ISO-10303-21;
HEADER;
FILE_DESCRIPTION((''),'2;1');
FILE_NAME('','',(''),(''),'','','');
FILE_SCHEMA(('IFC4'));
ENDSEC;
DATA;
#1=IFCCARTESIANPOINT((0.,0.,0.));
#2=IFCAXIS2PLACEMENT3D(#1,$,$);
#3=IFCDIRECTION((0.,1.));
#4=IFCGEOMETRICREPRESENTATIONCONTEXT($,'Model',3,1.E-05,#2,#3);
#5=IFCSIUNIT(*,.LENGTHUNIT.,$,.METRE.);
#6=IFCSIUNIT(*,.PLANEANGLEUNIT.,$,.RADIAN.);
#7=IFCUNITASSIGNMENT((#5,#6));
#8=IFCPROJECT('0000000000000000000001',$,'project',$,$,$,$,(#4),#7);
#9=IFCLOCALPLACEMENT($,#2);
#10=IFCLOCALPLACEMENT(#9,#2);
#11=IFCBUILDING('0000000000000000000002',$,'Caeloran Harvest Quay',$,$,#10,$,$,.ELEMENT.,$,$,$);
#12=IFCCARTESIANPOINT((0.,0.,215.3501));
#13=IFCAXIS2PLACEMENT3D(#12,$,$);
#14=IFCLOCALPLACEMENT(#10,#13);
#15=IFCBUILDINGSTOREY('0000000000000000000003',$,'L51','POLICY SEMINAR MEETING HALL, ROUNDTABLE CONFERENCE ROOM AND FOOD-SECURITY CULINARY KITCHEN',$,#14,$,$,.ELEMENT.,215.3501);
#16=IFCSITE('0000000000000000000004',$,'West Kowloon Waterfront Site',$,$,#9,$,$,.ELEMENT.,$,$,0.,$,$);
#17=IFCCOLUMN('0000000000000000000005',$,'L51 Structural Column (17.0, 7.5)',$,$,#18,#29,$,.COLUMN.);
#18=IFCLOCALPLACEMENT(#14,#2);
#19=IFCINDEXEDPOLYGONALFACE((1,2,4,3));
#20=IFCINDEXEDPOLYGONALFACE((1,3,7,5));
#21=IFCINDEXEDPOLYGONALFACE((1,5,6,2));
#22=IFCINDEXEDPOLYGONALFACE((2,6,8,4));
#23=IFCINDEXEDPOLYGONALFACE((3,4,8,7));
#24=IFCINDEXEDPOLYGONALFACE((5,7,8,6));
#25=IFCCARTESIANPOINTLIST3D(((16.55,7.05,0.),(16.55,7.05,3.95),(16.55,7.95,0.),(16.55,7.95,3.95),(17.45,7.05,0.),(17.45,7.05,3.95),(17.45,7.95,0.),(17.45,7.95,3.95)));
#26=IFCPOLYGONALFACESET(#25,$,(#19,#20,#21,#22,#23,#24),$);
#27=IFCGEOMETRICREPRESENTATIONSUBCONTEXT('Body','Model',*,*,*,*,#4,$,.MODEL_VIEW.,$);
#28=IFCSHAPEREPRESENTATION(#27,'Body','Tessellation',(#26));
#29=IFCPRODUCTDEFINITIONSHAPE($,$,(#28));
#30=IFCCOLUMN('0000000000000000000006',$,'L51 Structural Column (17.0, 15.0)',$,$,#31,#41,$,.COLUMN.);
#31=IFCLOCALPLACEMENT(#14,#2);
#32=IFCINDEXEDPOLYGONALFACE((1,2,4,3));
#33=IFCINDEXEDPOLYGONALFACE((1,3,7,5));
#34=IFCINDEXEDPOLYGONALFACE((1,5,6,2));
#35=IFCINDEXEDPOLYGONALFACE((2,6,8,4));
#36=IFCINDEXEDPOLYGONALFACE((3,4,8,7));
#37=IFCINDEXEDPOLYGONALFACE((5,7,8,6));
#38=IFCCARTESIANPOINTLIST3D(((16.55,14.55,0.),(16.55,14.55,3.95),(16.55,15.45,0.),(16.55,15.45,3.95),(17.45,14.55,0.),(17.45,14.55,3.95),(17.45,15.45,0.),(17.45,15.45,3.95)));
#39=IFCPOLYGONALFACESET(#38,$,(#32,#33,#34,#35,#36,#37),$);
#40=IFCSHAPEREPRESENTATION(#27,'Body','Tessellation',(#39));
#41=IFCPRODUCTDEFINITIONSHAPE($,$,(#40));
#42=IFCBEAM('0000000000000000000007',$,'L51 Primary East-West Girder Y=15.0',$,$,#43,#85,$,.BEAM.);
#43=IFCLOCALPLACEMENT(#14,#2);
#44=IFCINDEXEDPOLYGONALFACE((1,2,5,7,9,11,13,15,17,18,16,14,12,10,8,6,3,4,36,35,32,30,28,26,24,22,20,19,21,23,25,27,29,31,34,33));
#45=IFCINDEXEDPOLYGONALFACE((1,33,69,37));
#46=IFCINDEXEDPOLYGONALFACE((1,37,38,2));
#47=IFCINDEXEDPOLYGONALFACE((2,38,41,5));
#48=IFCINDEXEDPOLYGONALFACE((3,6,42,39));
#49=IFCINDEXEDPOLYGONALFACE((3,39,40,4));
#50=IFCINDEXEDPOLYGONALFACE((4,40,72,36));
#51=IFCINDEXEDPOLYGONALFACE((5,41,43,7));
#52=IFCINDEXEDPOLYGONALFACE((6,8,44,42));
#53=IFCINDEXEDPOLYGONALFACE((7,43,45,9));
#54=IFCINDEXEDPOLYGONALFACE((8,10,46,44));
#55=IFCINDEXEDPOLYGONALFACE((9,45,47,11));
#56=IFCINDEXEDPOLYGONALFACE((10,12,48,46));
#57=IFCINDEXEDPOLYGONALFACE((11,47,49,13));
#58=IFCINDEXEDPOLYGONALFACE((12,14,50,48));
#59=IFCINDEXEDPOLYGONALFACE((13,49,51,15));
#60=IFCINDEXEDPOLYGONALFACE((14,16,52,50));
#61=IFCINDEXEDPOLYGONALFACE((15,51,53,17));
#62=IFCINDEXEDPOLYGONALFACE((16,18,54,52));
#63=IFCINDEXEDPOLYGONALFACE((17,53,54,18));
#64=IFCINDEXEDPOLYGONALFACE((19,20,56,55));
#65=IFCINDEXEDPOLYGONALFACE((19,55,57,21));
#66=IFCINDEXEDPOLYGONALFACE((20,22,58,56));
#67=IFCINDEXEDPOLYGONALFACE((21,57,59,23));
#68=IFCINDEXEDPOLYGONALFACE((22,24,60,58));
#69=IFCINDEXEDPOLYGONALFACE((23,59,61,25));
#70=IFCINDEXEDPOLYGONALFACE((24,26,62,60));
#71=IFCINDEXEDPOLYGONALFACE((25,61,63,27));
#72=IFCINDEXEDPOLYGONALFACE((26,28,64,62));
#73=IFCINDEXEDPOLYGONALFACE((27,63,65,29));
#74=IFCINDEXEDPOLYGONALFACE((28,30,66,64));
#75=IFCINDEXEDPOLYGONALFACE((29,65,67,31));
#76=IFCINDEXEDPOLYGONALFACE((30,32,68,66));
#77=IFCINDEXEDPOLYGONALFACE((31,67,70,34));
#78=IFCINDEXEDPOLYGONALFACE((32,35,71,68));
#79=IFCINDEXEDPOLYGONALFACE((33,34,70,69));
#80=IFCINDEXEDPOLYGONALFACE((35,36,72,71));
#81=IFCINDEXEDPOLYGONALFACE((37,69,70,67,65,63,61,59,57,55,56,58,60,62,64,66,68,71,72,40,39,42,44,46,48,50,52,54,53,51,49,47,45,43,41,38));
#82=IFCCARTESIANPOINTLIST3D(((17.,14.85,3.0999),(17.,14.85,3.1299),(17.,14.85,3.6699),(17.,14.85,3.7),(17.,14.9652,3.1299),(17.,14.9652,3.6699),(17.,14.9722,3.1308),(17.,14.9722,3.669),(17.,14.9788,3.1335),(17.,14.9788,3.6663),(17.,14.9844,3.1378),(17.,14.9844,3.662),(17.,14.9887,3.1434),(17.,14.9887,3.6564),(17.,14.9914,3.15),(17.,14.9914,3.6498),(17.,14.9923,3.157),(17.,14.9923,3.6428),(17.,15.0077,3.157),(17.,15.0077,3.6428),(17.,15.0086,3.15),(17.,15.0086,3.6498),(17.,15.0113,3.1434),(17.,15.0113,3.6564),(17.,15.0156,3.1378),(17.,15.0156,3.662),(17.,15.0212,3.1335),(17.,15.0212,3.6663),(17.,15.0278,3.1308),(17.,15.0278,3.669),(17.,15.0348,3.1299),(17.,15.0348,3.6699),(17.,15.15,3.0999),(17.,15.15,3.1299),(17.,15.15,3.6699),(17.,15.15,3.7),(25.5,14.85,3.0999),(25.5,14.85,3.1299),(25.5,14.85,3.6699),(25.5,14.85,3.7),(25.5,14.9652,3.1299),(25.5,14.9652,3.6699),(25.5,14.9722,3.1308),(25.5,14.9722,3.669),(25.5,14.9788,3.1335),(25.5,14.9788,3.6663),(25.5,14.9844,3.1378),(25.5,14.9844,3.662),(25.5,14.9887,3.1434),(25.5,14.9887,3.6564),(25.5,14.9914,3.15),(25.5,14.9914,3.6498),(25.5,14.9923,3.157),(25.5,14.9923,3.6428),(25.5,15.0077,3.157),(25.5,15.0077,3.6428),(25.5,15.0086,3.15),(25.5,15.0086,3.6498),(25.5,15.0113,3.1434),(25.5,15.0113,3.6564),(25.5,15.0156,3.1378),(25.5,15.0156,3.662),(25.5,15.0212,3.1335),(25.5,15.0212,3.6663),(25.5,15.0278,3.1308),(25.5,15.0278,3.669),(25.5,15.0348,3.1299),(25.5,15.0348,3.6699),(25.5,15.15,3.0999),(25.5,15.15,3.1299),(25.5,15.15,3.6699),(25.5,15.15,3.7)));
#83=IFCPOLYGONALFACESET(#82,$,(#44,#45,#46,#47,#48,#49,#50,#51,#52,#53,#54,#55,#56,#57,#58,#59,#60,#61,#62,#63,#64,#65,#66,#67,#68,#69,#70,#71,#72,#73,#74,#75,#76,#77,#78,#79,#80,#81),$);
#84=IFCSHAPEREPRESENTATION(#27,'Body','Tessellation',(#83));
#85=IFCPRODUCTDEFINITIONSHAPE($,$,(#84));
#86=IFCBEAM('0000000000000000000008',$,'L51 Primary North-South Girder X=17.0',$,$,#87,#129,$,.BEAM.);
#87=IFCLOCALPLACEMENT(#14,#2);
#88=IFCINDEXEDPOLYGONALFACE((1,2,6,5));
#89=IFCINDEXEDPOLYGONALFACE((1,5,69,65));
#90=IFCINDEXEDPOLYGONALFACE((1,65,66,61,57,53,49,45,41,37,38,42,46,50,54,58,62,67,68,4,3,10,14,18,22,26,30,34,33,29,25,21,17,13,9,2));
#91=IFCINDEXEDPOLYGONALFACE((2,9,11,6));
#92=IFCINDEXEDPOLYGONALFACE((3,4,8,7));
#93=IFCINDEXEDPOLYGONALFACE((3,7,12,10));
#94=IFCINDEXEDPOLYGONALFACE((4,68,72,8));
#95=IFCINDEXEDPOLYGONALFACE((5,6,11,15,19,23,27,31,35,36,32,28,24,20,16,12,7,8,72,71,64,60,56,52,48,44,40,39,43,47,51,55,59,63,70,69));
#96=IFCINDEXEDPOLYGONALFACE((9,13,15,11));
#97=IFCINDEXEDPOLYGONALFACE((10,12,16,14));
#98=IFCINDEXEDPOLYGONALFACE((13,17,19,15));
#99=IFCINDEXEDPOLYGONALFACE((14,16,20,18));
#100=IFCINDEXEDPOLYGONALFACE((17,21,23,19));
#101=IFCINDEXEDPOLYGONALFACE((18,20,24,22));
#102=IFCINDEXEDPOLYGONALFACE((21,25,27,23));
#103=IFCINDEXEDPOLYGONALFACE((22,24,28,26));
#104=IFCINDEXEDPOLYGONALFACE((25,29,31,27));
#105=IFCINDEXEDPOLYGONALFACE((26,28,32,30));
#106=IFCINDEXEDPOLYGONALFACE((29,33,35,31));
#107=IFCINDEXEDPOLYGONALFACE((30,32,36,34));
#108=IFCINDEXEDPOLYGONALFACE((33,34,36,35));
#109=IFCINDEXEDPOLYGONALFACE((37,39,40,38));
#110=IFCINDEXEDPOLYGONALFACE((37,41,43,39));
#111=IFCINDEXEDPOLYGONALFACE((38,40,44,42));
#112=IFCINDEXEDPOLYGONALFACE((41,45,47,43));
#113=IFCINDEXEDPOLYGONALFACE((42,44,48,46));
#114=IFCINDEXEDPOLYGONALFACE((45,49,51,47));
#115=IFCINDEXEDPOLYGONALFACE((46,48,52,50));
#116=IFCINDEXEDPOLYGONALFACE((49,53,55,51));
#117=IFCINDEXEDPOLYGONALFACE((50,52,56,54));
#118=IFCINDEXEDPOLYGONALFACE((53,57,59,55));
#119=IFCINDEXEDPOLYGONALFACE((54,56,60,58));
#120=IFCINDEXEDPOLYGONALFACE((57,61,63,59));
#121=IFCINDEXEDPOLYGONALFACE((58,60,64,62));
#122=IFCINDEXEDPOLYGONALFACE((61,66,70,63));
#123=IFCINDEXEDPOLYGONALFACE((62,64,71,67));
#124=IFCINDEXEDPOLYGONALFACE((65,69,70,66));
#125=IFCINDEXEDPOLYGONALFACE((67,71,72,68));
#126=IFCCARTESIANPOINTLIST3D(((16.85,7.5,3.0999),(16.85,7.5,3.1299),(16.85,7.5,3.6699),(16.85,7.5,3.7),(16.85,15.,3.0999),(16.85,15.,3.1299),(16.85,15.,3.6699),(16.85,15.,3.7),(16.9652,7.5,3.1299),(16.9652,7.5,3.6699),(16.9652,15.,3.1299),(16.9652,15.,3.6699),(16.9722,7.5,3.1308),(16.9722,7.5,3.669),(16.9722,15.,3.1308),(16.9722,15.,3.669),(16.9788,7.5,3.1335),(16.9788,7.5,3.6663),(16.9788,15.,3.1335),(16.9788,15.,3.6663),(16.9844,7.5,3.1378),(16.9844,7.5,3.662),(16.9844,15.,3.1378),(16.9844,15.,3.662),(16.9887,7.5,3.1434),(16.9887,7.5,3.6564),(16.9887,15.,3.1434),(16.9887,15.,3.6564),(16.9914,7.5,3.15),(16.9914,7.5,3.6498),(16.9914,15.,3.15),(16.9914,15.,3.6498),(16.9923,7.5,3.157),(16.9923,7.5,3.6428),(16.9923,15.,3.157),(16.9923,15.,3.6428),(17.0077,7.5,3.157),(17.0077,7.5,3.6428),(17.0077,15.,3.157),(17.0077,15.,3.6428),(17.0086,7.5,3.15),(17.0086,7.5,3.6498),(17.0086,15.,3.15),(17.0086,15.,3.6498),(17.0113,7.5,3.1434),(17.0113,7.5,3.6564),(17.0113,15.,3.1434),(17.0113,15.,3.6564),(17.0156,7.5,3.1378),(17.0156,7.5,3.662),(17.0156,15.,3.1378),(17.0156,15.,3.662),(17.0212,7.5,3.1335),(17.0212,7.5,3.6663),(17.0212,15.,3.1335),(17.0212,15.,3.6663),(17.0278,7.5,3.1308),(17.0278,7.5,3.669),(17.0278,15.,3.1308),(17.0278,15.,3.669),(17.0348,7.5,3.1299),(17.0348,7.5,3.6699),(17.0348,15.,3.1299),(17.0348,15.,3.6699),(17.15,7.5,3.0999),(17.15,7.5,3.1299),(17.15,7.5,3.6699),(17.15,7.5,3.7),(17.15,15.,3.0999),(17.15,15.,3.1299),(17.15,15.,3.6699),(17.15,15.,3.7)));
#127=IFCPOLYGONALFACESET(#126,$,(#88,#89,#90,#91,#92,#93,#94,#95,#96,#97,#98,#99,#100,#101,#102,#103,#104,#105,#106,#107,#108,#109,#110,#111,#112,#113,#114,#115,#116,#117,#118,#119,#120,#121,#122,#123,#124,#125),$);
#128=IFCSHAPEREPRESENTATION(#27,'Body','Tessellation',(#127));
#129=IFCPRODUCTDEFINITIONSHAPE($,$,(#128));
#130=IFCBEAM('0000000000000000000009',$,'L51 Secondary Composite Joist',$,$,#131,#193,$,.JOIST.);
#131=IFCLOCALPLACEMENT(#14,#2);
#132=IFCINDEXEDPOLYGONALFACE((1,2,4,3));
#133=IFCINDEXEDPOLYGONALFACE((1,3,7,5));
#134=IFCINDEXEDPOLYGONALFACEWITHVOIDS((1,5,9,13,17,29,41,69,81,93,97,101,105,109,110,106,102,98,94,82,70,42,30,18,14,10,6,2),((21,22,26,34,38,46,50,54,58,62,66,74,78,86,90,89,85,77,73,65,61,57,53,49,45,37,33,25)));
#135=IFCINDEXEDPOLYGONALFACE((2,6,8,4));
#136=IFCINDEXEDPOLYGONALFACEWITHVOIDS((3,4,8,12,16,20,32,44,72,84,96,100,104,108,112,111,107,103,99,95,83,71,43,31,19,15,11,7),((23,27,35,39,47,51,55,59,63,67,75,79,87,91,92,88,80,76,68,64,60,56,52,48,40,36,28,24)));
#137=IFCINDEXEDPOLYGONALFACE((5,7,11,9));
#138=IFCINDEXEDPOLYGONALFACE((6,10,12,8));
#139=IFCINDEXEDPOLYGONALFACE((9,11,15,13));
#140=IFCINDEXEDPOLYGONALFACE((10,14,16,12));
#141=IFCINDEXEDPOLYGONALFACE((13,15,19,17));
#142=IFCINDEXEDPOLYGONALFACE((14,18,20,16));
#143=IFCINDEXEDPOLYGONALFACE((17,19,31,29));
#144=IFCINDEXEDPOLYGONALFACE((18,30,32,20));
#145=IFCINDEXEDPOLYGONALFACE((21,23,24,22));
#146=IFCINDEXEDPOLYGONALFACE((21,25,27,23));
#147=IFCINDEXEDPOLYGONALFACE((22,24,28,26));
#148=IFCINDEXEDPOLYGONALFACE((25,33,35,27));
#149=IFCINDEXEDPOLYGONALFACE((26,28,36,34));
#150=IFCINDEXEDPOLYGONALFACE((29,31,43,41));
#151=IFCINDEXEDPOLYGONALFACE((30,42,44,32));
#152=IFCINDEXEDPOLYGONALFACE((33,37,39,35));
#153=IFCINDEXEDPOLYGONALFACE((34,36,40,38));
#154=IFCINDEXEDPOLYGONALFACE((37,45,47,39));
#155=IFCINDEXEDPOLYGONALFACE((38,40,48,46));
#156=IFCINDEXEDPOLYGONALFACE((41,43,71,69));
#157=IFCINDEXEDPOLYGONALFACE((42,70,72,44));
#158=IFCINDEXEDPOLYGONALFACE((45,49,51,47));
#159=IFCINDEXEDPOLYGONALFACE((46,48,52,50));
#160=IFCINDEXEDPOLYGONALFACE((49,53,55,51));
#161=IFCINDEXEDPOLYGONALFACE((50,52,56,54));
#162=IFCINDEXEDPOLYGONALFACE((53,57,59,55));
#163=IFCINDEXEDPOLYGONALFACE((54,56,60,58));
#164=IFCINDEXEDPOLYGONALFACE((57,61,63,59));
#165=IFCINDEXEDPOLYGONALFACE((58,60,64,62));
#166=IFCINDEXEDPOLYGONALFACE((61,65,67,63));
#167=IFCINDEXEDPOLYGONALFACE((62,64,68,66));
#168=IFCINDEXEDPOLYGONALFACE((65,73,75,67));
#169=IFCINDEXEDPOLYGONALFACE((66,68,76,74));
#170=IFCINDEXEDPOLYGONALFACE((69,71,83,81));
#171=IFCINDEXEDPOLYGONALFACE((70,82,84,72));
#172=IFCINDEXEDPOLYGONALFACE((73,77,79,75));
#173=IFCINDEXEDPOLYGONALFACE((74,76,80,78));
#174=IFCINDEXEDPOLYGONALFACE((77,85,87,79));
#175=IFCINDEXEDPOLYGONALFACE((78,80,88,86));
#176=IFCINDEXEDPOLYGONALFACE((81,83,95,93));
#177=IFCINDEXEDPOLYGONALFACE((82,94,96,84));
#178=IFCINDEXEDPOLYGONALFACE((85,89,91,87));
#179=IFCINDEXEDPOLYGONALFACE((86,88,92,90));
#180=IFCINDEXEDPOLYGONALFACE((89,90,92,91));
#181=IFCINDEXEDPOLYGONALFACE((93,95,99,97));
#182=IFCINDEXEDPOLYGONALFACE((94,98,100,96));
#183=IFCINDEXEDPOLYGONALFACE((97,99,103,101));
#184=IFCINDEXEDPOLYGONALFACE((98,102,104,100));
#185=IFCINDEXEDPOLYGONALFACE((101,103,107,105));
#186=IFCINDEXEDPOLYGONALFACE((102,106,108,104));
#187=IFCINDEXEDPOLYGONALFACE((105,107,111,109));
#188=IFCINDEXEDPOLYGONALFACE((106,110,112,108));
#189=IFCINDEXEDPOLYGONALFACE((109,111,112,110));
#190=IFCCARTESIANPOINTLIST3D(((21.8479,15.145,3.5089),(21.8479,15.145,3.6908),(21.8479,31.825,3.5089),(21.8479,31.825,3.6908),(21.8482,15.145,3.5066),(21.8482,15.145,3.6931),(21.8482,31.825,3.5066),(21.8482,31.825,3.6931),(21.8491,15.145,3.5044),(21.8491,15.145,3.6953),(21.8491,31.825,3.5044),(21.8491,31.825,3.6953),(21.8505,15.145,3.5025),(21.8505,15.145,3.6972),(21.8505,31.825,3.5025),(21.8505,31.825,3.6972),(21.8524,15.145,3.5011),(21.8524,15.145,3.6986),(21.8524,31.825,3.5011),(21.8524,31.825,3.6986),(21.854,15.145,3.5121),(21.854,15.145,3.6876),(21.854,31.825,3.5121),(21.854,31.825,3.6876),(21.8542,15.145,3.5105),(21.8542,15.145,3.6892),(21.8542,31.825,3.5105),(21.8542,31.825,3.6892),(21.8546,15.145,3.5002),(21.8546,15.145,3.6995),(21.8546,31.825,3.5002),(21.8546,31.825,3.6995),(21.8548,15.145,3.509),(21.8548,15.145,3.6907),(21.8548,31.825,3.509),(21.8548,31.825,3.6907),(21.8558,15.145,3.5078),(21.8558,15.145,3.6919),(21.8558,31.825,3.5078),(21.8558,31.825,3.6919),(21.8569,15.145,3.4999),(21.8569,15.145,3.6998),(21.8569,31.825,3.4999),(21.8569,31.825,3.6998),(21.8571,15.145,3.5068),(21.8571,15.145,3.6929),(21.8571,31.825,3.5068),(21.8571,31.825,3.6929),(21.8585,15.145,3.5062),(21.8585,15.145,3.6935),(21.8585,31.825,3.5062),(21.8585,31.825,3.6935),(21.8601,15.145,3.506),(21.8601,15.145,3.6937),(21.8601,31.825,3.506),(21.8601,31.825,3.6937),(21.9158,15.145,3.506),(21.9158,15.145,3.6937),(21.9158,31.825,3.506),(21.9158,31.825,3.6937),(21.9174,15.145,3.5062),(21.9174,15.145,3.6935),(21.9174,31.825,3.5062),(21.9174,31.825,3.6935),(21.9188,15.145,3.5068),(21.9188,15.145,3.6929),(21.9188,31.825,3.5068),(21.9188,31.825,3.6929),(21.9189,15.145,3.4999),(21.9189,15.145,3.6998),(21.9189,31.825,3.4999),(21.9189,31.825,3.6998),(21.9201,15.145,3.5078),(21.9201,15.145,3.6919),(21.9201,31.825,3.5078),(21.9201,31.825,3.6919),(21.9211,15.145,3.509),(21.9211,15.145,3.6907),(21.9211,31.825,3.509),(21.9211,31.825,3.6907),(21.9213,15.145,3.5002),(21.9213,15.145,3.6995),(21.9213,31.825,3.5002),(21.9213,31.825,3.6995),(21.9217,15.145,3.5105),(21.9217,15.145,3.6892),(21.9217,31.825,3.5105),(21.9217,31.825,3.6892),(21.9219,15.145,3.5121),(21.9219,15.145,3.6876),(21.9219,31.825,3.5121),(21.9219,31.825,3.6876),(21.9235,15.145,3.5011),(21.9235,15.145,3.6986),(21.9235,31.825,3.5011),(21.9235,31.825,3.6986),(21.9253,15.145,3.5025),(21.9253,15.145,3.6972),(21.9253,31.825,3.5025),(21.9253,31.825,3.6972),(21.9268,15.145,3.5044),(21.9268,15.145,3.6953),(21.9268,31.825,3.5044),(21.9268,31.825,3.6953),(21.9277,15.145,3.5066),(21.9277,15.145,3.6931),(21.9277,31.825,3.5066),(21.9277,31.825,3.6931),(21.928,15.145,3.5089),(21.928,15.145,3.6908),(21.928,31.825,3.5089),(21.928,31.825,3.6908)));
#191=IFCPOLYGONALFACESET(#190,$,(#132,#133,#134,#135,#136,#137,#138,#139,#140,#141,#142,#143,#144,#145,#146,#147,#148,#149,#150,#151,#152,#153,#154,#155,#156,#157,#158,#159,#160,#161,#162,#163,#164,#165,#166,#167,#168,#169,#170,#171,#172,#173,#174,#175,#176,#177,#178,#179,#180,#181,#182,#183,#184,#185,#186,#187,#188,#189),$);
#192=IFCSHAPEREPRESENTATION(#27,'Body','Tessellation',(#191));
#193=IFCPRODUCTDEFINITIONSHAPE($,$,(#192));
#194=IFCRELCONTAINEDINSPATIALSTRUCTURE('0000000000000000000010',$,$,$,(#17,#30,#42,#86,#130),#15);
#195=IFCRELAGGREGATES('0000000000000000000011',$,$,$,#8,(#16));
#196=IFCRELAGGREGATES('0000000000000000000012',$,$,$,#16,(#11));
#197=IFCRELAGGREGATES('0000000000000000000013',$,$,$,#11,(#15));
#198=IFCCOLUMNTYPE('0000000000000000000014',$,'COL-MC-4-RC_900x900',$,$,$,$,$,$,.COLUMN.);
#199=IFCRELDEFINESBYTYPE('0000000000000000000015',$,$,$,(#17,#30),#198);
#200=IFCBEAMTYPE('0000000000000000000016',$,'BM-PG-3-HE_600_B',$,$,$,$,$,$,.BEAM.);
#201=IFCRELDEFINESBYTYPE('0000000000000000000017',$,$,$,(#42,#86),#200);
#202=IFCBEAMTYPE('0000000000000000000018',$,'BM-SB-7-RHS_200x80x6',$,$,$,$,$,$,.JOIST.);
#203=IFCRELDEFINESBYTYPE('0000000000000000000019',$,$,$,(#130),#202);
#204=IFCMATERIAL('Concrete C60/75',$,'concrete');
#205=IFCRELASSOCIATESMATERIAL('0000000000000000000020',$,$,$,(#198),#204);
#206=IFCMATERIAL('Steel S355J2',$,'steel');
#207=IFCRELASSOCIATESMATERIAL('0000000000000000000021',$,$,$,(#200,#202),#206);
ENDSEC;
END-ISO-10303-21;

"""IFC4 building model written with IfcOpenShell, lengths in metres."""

from ifc_helpers import new_model, si_unit, direction, frame, origin, origin_2d, place, context, subcontext, project, spatial, rectangle, hollow_rectangle, i_section, extrude, material, material_profile, profile_set, type_object, element, save


model = new_model("IFC4")

# Units and contexts
model_context = context("Model", 3, precision=1e-05, world=origin(), true_north=direction((0.0, 1.0)))
body_context = subcontext(model_context, "Body", "Model", "MODEL_VIEW")
ifc_project = project(units=[si_unit("LENGTHUNIT", "METRE"), si_unit("PLANEANGLEUNIT", "RADIAN")], contexts=[model_context])

# Site, building, storey
site_placement = place(None, origin())
site = spatial("IfcSite", under=ifc_project, at=site_placement, Name="West Kowloon Waterfront Site", CompositionType="ELEMENT", RefElevation=0.0)
building_placement = place(site_placement, origin())
building = spatial("IfcBuilding", under=site, at=building_placement, Name="Caeloran Harvest Quay", CompositionType="ELEMENT")
storey_placement = place(building_placement, frame((0.0, 0.0, 215.3501)))
storey = spatial("IfcBuildingStorey", under=building, at=storey_placement, Name="L51", Description="POLICY SEMINAR MEETING HALL, ROUNDTABLE CONFERENCE ROOM AND FOOD-SECURITY CULINARY KITCHEN", CompositionType="ELEMENT", Elevation=215.3501)

# Columns
ifc_material_1 = material(Name="Concrete C60/75", Category="concrete")
ifc_material_profile_1 = material_profile(ifc_material_1, rectangle(XDim=0.8999, YDim=0.8999, at=origin_2d()), Name="RC 900x900")
ifc_profile_set_1 = profile_set([ifc_material_profile_1], Name="Concrete C60/75")
column_type = type_object("IfcColumnType", Name="COL-MC-4-RC_900x900", PredefinedType="COLUMN", material=ifc_profile_set_1)
for number, where, z_axis, x_axis, name in (
    (1, (17.0, 7.5, 0.0), (0.0, 0.0, 1.0), (1.0, 0.0, 0.0), "L51 Structural Column (17.0, 7.5)"),
    (2, (17.0, 15.0, 0.0), (0.0, 0.0, 1.0), (1.0, 0.0, 0.0), "L51 Structural Column (17.0, 15.0)"),
):
    element("IfcColumn", number, at=place(storey_placement, frame(where, z_axis=z_axis, x_axis=x_axis)), inside=storey, type_object=column_type, Name=name, PredefinedType="COLUMN", context=body_context, shape_type="SweptSolid", body=[
        extrude(rectangle(XDim=0.8999, YDim=0.8999, at=origin_2d()), origin(), (0.0, 0.0, 1.0), 3.95),
    ])

# Beams
ifc_material_2 = material(Name="Steel S355J2", Category="steel")
ifc_material_profile_2 = material_profile(ifc_material_2, i_section(OverallWidth=0.3, OverallDepth=0.6001, WebThickness=0.0154, FlangeThickness=0.03, FilletRadius=0.0271, at=origin_2d()), Name="HE 600 B")
ifc_profile_set_2 = profile_set([ifc_material_profile_2], Name="Steel S355J2")
beam_type_1 = type_object("IfcBeamType", Name="BM-PG-3-HE_600_B", PredefinedType="BEAM", material=ifc_profile_set_2)
beam_1_placement = place(storey_placement, frame((17.0, 15.0, 3.3999), z_axis=(1.0, 0.0, 0.0), x_axis=(0.0, 1.0, 0.0)))
element("IfcBeam", 3, at=beam_1_placement, inside=storey, type_object=beam_type_1, Name="L51 Primary East-West Girder Y=15.0", PredefinedType="BEAM", context=body_context, shape_type="SweptSolid", body=[
    extrude(i_section(OverallWidth=0.3, OverallDepth=0.6001, WebThickness=0.0154, FlangeThickness=0.03, FilletRadius=0.0271, at=origin_2d()), origin(), (0.0, 0.0, 1.0), 8.5),
])
beam_2_placement = place(storey_placement, frame((17.0, 7.5, 3.3999), z_axis=(0.0, 1.0, 0.0), x_axis=(-1.0, 0.0, 0.0)))
element("IfcBeam", 4, at=beam_2_placement, inside=storey, type_object=beam_type_1, Name="L51 Primary North-South Girder X=17.0", PredefinedType="BEAM", context=body_context, shape_type="SweptSolid", body=[
    extrude(i_section(OverallWidth=0.3, OverallDepth=0.6001, WebThickness=0.0154, FlangeThickness=0.03, FilletRadius=0.0271, at=origin_2d()), origin(), (0.0, 0.0, 1.0), 7.5),
])
ifc_material_profile_3 = material_profile(ifc_material_2, hollow_rectangle(XDim=0.0801, YDim=0.2, WallThickness=0.0061, InnerFilletRadius=0.0061, OuterFilletRadius=0.009, at=origin_2d()), Name="RHS 200x80x6")
ifc_profile_set_3 = profile_set([ifc_material_profile_3], Name="Steel S355J2")
beam_type_2 = type_object("IfcBeamType", Name="BM-SB-7-RHS_200x80x6", PredefinedType="JOIST", material=ifc_profile_set_3)
beam_3_placement = place(storey_placement, frame((21.8879, 15.145, 3.5999), z_axis=(0.0, 1.0, 0.0), x_axis=(-1.0, 0.0, 0.0)))
element("IfcBeam", 5, at=beam_3_placement, inside=storey, type_object=beam_type_2, Name="L51 Secondary Composite Joist", PredefinedType="JOIST", context=body_context, shape_type="SweptSolid", body=[
    extrude(hollow_rectangle(XDim=0.0801, YDim=0.2, WallThickness=0.0061, InnerFilletRadius=0.0061, OuterFilletRadius=0.009, at=origin_2d()), origin(), (0.0, 0.0, 1.0), 16.6799),
])

save(model, "model.ifc")
